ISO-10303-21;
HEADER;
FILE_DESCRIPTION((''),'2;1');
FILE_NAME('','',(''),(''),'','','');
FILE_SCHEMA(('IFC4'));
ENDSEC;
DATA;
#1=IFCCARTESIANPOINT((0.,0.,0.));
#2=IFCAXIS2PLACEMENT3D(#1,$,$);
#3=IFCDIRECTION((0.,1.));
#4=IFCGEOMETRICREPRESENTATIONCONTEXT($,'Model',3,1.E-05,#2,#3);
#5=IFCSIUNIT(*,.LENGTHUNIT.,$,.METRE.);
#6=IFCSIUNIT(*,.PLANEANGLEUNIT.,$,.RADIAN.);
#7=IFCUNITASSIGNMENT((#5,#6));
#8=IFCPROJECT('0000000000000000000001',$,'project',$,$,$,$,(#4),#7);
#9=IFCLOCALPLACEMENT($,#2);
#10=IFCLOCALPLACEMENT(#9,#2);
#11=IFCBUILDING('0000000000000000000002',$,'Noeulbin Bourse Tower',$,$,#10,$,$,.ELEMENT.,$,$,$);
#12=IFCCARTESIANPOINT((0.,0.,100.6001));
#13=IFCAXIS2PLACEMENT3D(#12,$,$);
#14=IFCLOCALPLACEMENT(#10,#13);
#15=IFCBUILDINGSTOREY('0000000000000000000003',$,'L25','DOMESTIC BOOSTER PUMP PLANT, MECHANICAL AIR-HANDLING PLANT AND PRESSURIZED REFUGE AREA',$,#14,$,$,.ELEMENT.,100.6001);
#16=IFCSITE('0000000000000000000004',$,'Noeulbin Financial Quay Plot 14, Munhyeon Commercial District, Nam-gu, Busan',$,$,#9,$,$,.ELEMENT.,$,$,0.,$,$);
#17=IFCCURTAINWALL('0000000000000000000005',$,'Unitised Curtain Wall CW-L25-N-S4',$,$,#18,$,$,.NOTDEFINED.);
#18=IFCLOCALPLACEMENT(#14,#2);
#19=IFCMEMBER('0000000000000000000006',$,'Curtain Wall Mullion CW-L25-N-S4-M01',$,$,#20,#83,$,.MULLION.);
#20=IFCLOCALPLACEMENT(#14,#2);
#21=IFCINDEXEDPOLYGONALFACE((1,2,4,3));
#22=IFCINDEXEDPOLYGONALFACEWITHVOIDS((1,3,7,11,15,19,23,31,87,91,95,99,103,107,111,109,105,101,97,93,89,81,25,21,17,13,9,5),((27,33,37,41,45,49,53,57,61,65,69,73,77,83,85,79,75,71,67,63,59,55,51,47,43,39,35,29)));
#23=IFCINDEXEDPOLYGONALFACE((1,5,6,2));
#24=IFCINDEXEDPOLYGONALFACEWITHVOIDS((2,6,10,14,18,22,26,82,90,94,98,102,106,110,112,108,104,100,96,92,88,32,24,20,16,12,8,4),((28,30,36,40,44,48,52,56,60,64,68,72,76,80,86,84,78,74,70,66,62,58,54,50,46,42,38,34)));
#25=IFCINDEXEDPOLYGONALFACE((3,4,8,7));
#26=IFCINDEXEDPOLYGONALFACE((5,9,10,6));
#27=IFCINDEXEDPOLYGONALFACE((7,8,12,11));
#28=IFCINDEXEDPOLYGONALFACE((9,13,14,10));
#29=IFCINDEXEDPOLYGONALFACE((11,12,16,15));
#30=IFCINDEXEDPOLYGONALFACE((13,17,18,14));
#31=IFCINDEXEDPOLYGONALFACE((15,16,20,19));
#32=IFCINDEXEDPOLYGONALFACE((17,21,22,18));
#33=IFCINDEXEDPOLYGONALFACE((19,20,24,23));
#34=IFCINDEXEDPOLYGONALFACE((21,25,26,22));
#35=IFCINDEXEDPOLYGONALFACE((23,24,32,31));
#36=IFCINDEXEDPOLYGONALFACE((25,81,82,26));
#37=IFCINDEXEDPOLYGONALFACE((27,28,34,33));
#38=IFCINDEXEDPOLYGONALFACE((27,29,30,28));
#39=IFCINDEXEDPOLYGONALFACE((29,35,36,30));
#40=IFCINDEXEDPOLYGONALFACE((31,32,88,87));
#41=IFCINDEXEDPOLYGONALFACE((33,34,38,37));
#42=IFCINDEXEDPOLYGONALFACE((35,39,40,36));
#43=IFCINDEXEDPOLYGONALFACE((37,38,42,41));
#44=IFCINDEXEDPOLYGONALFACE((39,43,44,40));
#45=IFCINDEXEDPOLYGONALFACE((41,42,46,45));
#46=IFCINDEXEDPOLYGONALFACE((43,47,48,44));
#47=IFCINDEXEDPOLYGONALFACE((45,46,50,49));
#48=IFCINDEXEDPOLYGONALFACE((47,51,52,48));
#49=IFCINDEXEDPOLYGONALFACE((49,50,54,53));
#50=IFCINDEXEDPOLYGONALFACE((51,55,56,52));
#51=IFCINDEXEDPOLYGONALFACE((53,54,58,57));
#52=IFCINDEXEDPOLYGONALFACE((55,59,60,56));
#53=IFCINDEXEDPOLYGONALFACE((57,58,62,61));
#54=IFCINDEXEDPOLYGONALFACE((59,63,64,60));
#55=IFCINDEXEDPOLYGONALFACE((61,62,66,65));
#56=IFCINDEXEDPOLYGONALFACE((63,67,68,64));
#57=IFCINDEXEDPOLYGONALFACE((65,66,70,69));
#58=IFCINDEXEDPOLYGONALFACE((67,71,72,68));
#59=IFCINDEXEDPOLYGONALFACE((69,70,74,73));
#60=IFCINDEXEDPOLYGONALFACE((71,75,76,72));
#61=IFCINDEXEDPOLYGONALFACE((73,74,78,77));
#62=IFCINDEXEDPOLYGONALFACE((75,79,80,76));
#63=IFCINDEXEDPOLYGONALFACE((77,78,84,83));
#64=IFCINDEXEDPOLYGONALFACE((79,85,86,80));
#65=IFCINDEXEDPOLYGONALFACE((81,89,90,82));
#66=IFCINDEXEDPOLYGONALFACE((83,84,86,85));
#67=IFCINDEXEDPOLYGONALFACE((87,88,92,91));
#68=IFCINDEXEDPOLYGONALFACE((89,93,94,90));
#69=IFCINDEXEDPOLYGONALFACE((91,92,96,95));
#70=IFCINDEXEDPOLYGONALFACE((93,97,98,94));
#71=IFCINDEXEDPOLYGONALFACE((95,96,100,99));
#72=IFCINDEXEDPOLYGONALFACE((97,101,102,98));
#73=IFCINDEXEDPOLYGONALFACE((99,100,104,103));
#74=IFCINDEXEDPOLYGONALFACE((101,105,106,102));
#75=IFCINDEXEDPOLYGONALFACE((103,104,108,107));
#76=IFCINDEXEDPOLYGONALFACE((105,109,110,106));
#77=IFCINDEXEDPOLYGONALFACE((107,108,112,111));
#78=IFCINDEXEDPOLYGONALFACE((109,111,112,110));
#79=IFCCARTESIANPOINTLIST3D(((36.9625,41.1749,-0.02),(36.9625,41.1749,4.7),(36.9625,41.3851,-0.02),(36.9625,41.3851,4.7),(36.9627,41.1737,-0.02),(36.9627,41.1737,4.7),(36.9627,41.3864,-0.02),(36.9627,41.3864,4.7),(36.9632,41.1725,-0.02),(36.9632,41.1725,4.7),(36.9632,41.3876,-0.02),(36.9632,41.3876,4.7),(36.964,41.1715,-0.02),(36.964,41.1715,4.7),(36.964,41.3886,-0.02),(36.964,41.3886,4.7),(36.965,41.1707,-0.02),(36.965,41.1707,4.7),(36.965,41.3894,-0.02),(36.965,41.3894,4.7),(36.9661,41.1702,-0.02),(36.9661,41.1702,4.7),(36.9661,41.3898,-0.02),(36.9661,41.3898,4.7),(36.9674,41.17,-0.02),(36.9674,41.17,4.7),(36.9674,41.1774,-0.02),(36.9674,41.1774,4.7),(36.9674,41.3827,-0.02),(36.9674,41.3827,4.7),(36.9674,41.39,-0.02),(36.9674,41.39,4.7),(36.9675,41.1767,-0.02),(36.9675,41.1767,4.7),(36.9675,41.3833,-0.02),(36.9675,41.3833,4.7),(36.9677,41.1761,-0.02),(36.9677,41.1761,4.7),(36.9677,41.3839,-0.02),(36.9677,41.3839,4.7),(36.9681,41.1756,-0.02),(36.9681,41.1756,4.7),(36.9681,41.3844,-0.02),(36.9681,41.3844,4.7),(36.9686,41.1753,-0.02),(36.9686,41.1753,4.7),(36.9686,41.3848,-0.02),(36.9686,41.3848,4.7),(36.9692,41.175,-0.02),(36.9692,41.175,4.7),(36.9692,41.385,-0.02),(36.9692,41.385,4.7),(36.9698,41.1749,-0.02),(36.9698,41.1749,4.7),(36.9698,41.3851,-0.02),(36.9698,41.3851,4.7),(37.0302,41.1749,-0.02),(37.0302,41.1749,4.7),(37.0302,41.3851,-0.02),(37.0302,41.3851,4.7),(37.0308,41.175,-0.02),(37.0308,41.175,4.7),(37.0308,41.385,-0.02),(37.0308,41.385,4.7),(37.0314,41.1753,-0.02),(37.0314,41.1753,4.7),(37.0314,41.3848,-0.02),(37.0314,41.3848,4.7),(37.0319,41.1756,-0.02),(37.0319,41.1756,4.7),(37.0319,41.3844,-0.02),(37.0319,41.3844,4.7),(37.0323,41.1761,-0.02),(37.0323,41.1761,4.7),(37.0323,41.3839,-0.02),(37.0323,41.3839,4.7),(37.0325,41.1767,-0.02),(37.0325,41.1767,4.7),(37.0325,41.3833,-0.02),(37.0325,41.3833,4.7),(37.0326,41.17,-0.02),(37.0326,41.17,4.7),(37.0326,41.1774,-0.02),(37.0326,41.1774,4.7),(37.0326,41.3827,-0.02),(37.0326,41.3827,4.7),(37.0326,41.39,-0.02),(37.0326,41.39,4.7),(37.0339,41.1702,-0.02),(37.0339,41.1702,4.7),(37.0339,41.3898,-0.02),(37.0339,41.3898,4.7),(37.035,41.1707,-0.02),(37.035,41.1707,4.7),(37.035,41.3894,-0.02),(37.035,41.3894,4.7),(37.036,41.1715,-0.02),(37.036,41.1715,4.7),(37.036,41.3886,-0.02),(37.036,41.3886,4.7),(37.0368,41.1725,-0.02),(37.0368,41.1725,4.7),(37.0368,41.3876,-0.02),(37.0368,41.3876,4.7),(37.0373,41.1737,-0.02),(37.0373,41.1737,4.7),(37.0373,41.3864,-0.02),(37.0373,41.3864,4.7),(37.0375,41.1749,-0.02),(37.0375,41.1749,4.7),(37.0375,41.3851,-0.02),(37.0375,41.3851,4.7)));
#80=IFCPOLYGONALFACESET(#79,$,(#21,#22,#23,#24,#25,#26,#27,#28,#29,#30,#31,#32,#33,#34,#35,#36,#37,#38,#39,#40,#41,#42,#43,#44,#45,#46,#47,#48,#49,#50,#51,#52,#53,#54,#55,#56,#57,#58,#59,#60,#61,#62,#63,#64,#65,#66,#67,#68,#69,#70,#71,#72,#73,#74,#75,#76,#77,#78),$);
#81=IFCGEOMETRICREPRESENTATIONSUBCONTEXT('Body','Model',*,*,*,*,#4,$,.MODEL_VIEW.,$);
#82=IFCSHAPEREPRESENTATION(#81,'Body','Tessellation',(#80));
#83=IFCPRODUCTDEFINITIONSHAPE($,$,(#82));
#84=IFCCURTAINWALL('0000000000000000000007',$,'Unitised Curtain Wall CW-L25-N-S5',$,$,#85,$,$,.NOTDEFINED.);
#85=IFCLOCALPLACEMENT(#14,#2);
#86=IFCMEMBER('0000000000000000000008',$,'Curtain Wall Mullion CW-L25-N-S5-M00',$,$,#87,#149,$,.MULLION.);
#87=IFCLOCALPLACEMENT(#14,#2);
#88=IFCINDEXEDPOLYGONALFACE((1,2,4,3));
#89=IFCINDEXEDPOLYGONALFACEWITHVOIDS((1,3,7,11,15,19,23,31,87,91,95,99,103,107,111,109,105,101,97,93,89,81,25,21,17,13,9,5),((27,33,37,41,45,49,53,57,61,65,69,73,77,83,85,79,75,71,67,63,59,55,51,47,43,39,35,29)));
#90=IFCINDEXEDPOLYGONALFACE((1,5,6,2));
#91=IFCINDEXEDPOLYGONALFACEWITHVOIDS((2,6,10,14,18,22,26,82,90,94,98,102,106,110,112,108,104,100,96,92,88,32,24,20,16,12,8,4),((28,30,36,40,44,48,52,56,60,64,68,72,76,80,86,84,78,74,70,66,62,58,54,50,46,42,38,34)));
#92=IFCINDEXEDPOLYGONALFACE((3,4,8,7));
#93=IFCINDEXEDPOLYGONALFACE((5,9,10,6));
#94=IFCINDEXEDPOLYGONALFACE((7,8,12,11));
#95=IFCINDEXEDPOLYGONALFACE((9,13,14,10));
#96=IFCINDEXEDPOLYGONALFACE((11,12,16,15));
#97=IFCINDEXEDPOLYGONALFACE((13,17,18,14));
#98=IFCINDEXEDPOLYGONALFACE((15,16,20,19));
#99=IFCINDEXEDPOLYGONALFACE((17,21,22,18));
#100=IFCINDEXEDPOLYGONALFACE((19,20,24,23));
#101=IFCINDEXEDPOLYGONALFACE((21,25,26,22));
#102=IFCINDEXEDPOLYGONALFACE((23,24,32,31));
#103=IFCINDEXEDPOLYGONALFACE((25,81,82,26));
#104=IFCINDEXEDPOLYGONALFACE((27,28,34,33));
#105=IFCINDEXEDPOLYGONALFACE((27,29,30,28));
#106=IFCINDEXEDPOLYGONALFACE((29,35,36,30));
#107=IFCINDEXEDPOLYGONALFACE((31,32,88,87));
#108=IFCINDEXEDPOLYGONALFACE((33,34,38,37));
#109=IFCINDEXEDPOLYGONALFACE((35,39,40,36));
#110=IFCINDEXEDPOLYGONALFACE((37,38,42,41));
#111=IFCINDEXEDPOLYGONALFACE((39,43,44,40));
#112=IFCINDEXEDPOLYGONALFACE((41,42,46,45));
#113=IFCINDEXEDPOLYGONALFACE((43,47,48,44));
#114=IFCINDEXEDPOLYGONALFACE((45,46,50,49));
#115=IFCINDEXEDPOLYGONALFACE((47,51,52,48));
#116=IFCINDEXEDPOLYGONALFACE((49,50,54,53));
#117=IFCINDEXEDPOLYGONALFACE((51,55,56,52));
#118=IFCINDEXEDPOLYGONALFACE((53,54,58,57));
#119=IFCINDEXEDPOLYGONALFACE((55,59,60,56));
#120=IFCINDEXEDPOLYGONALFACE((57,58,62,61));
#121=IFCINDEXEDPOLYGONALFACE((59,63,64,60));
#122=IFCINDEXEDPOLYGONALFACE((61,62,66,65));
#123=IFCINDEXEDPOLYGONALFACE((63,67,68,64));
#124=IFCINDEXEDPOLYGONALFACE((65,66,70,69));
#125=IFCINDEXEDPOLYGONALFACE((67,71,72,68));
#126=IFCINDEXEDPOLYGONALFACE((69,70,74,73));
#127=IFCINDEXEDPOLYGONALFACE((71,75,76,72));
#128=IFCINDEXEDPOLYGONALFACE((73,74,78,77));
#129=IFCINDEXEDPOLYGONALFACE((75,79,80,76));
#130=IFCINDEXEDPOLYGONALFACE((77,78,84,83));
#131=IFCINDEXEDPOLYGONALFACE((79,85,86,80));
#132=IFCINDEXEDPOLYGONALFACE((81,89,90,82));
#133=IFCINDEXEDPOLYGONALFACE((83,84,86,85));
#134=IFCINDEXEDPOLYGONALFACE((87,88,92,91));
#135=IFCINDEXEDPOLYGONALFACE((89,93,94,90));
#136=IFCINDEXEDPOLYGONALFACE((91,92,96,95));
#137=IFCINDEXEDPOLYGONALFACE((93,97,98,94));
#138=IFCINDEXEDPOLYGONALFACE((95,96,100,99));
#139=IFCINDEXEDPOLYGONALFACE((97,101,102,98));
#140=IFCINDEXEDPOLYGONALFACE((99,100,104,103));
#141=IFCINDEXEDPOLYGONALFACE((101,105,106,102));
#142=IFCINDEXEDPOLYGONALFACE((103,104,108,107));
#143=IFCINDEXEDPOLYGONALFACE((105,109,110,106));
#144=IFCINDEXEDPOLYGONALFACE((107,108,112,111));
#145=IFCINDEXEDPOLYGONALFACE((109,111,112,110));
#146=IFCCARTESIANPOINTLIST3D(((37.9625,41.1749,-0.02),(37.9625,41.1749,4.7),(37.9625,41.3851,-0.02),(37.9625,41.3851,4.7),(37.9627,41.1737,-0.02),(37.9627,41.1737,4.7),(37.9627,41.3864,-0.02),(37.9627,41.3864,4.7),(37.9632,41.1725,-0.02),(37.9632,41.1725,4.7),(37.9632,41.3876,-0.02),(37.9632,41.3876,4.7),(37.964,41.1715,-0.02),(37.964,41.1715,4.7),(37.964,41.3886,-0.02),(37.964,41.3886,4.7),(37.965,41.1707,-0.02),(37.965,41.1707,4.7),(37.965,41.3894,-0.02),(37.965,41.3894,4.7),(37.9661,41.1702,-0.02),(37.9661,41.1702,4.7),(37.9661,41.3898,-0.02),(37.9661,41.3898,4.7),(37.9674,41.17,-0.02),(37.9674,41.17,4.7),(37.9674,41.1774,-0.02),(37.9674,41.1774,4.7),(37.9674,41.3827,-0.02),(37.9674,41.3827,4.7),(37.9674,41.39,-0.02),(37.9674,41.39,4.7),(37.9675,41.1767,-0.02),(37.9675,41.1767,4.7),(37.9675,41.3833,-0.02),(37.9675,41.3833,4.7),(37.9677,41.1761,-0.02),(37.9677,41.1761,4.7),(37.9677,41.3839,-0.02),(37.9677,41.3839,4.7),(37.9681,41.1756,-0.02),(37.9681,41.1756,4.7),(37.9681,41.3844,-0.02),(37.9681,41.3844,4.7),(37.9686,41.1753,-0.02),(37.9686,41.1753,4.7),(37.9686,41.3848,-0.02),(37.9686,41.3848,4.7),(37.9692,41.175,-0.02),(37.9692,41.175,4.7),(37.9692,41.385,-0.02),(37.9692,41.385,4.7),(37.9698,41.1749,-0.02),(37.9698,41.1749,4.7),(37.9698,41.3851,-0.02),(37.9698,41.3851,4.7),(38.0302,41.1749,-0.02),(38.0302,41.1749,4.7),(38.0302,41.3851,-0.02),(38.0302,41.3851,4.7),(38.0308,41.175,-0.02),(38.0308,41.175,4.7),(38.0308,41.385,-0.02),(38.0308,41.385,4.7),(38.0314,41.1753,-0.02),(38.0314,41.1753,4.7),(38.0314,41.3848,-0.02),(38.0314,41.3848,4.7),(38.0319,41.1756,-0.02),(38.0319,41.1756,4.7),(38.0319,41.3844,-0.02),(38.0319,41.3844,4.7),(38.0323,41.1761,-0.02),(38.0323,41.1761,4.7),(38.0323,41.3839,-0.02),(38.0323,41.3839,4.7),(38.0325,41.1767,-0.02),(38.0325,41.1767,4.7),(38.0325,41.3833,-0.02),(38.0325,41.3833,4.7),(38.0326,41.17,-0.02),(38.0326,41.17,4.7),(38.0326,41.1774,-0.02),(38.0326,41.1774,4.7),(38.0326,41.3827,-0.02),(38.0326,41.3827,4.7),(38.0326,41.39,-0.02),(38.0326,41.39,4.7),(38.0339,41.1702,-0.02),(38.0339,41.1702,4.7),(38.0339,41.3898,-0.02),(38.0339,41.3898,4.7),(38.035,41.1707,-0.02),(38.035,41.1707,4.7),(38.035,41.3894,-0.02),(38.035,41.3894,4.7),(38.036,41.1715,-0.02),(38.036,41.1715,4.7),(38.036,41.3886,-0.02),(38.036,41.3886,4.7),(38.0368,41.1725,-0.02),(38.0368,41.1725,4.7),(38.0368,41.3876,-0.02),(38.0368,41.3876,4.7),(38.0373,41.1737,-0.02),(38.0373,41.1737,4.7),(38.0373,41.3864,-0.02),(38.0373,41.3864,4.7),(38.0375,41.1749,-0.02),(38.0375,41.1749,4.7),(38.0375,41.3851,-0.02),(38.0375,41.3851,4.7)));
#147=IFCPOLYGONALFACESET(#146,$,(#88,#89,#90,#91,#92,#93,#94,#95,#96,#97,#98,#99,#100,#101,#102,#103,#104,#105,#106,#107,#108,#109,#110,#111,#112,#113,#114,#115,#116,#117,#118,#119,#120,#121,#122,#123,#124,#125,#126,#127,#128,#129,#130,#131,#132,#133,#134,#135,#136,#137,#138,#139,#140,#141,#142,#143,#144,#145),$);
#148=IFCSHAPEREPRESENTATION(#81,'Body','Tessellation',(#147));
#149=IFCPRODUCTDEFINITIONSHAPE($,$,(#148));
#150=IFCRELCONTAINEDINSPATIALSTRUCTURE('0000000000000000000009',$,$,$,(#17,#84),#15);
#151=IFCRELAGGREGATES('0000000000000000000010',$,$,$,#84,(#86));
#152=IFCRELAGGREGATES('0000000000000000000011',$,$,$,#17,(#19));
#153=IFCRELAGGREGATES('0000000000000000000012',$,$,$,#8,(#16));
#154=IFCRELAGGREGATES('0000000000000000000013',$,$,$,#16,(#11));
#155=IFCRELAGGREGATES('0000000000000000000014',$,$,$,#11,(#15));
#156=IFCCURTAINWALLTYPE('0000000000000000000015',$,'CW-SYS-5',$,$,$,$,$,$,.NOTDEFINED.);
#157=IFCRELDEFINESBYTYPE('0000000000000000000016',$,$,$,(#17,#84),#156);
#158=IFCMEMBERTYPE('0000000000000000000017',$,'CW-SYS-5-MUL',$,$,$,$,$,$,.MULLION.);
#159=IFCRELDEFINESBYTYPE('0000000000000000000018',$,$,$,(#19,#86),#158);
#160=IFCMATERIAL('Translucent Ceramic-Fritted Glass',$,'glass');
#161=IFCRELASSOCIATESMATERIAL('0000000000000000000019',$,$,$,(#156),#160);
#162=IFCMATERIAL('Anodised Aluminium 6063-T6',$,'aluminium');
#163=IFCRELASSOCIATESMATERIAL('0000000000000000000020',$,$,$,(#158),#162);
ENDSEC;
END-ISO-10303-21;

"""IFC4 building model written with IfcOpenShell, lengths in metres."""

from ifc_helpers import new_model, si_unit, direction, frame, origin, origin_2d, place, context, subcontext, project, spatial, hollow_rectangle, extrude, material, material_profile, profile_set, type_object, element, aggregate, save


model = new_model("IFC4")

# Units and contexts
model_context = context("Model", 3, precision=1e-05, world=origin(), true_north=direction((0.0, 1.0)))
body_context = subcontext(model_context, "Body", "Model", "MODEL_VIEW")
ifc_project = project(units=[si_unit("LENGTHUNIT", "METRE"), si_unit("PLANEANGLEUNIT", "RADIAN")], contexts=[model_context])

# Site, building, storey
site_placement = place(None, origin())
site = spatial("IfcSite", under=ifc_project, at=site_placement, Name="Noeulbin Financial Quay Plot 14, Munhyeon Commercial District, Nam-gu, Busan", CompositionType="ELEMENT", RefElevation=0.0)
building_placement = place(site_placement, origin())
building = spatial("IfcBuilding", under=site, at=building_placement, Name="Noeulbin Bourse Tower", CompositionType="ELEMENT")
storey_placement = place(building_placement, frame((0.0, 0.0, 100.6001)))
storey = spatial("IfcBuildingStorey", under=building, at=storey_placement, Name="L25", Description="DOMESTIC BOOSTER PUMP PLANT, MECHANICAL AIR-HANDLING PLANT AND PRESSURIZED REFUGE AREA", CompositionType="ELEMENT", Elevation=100.6001)

# Shared definitions
ifc_material_1 = material(Name="Translucent Ceramic-Fritted Glass", Category="glass")
curtain_wall_type = type_object("IfcCurtainWallType", Name="CW-SYS-5", PredefinedType="NOTDEFINED", material=ifc_material_1)
ifc_material_2 = material(Name="Anodised Aluminium 6063-T6", Category="aluminium")
ifc_material_profile_1 = material_profile(ifc_material_2, hollow_rectangle(XDim=0.075, YDim=0.22, WallThickness=0.0049, InnerFilletRadius=0.0024, OuterFilletRadius=0.0049, at=origin_2d()), Name="ALU-MULL-75x220x5", Category="LoadBearing")
ifc_profile_set_1 = profile_set([ifc_material_profile_1], Name="Anodised Aluminium 6063-T6")
member_type_1 = type_object("IfcMemberType", Name="CW-SYS-5-MUL", PredefinedType="MULLION", material=ifc_profile_set_1)

# Curtain wall, member
curtain_wall_1_placement = place(storey_placement, origin())
curtain_wall_1 = element("IfcCurtainWall", 1, at=curtain_wall_1_placement, inside=storey, type_object=curtain_wall_type, Name="Unitised Curtain Wall CW-L25-N-S4", PredefinedType="NOTDEFINED")
member_1_placement = place(storey_placement, frame((37.0, 41.28, -0.02), z_axis=(0.0, 0.0, 1.0), x_axis=(1.0, 0.0, 0.0)))
member_1 = element("IfcMember", 2, at=member_1_placement, type_object=member_type_1, Name="Curtain Wall Mullion CW-L25-N-S4-M01", PredefinedType="MULLION", context=body_context, shape_type="SweptSolid", body=[
    extrude(hollow_rectangle(XDim=0.075, YDim=0.22, WallThickness=0.0049, InnerFilletRadius=0.0024, OuterFilletRadius=0.0049, at=origin_2d()), origin(), (0.0, 0.0, 1.0), 4.72),
])

# Curtain wall, member
curtain_wall_2_placement = place(storey_placement, origin())
curtain_wall_2 = element("IfcCurtainWall", 3, at=curtain_wall_2_placement, inside=storey, type_object=curtain_wall_type, Name="Unitised Curtain Wall CW-L25-N-S5", PredefinedType="NOTDEFINED")
member_2_placement = place(storey_placement, frame((38.0, 41.28, -0.02), z_axis=(0.0, 0.0, 1.0), x_axis=(1.0, 0.0, 0.0)))
member_2 = element("IfcMember", 4, at=member_2_placement, type_object=member_type_1, Name="Curtain Wall Mullion CW-L25-N-S5-M00", PredefinedType="MULLION", context=body_context, shape_type="SweptSolid", body=[
    extrude(hollow_rectangle(XDim=0.075, YDim=0.22, WallThickness=0.0049, InnerFilletRadius=0.0024, OuterFilletRadius=0.0049, at=origin_2d()), origin(), (0.0, 0.0, 1.0), 4.72),
])

aggregate(curtain_wall_2, [member_2])

aggregate(curtain_wall_1, [member_1])

save(model, "model.ifc")
